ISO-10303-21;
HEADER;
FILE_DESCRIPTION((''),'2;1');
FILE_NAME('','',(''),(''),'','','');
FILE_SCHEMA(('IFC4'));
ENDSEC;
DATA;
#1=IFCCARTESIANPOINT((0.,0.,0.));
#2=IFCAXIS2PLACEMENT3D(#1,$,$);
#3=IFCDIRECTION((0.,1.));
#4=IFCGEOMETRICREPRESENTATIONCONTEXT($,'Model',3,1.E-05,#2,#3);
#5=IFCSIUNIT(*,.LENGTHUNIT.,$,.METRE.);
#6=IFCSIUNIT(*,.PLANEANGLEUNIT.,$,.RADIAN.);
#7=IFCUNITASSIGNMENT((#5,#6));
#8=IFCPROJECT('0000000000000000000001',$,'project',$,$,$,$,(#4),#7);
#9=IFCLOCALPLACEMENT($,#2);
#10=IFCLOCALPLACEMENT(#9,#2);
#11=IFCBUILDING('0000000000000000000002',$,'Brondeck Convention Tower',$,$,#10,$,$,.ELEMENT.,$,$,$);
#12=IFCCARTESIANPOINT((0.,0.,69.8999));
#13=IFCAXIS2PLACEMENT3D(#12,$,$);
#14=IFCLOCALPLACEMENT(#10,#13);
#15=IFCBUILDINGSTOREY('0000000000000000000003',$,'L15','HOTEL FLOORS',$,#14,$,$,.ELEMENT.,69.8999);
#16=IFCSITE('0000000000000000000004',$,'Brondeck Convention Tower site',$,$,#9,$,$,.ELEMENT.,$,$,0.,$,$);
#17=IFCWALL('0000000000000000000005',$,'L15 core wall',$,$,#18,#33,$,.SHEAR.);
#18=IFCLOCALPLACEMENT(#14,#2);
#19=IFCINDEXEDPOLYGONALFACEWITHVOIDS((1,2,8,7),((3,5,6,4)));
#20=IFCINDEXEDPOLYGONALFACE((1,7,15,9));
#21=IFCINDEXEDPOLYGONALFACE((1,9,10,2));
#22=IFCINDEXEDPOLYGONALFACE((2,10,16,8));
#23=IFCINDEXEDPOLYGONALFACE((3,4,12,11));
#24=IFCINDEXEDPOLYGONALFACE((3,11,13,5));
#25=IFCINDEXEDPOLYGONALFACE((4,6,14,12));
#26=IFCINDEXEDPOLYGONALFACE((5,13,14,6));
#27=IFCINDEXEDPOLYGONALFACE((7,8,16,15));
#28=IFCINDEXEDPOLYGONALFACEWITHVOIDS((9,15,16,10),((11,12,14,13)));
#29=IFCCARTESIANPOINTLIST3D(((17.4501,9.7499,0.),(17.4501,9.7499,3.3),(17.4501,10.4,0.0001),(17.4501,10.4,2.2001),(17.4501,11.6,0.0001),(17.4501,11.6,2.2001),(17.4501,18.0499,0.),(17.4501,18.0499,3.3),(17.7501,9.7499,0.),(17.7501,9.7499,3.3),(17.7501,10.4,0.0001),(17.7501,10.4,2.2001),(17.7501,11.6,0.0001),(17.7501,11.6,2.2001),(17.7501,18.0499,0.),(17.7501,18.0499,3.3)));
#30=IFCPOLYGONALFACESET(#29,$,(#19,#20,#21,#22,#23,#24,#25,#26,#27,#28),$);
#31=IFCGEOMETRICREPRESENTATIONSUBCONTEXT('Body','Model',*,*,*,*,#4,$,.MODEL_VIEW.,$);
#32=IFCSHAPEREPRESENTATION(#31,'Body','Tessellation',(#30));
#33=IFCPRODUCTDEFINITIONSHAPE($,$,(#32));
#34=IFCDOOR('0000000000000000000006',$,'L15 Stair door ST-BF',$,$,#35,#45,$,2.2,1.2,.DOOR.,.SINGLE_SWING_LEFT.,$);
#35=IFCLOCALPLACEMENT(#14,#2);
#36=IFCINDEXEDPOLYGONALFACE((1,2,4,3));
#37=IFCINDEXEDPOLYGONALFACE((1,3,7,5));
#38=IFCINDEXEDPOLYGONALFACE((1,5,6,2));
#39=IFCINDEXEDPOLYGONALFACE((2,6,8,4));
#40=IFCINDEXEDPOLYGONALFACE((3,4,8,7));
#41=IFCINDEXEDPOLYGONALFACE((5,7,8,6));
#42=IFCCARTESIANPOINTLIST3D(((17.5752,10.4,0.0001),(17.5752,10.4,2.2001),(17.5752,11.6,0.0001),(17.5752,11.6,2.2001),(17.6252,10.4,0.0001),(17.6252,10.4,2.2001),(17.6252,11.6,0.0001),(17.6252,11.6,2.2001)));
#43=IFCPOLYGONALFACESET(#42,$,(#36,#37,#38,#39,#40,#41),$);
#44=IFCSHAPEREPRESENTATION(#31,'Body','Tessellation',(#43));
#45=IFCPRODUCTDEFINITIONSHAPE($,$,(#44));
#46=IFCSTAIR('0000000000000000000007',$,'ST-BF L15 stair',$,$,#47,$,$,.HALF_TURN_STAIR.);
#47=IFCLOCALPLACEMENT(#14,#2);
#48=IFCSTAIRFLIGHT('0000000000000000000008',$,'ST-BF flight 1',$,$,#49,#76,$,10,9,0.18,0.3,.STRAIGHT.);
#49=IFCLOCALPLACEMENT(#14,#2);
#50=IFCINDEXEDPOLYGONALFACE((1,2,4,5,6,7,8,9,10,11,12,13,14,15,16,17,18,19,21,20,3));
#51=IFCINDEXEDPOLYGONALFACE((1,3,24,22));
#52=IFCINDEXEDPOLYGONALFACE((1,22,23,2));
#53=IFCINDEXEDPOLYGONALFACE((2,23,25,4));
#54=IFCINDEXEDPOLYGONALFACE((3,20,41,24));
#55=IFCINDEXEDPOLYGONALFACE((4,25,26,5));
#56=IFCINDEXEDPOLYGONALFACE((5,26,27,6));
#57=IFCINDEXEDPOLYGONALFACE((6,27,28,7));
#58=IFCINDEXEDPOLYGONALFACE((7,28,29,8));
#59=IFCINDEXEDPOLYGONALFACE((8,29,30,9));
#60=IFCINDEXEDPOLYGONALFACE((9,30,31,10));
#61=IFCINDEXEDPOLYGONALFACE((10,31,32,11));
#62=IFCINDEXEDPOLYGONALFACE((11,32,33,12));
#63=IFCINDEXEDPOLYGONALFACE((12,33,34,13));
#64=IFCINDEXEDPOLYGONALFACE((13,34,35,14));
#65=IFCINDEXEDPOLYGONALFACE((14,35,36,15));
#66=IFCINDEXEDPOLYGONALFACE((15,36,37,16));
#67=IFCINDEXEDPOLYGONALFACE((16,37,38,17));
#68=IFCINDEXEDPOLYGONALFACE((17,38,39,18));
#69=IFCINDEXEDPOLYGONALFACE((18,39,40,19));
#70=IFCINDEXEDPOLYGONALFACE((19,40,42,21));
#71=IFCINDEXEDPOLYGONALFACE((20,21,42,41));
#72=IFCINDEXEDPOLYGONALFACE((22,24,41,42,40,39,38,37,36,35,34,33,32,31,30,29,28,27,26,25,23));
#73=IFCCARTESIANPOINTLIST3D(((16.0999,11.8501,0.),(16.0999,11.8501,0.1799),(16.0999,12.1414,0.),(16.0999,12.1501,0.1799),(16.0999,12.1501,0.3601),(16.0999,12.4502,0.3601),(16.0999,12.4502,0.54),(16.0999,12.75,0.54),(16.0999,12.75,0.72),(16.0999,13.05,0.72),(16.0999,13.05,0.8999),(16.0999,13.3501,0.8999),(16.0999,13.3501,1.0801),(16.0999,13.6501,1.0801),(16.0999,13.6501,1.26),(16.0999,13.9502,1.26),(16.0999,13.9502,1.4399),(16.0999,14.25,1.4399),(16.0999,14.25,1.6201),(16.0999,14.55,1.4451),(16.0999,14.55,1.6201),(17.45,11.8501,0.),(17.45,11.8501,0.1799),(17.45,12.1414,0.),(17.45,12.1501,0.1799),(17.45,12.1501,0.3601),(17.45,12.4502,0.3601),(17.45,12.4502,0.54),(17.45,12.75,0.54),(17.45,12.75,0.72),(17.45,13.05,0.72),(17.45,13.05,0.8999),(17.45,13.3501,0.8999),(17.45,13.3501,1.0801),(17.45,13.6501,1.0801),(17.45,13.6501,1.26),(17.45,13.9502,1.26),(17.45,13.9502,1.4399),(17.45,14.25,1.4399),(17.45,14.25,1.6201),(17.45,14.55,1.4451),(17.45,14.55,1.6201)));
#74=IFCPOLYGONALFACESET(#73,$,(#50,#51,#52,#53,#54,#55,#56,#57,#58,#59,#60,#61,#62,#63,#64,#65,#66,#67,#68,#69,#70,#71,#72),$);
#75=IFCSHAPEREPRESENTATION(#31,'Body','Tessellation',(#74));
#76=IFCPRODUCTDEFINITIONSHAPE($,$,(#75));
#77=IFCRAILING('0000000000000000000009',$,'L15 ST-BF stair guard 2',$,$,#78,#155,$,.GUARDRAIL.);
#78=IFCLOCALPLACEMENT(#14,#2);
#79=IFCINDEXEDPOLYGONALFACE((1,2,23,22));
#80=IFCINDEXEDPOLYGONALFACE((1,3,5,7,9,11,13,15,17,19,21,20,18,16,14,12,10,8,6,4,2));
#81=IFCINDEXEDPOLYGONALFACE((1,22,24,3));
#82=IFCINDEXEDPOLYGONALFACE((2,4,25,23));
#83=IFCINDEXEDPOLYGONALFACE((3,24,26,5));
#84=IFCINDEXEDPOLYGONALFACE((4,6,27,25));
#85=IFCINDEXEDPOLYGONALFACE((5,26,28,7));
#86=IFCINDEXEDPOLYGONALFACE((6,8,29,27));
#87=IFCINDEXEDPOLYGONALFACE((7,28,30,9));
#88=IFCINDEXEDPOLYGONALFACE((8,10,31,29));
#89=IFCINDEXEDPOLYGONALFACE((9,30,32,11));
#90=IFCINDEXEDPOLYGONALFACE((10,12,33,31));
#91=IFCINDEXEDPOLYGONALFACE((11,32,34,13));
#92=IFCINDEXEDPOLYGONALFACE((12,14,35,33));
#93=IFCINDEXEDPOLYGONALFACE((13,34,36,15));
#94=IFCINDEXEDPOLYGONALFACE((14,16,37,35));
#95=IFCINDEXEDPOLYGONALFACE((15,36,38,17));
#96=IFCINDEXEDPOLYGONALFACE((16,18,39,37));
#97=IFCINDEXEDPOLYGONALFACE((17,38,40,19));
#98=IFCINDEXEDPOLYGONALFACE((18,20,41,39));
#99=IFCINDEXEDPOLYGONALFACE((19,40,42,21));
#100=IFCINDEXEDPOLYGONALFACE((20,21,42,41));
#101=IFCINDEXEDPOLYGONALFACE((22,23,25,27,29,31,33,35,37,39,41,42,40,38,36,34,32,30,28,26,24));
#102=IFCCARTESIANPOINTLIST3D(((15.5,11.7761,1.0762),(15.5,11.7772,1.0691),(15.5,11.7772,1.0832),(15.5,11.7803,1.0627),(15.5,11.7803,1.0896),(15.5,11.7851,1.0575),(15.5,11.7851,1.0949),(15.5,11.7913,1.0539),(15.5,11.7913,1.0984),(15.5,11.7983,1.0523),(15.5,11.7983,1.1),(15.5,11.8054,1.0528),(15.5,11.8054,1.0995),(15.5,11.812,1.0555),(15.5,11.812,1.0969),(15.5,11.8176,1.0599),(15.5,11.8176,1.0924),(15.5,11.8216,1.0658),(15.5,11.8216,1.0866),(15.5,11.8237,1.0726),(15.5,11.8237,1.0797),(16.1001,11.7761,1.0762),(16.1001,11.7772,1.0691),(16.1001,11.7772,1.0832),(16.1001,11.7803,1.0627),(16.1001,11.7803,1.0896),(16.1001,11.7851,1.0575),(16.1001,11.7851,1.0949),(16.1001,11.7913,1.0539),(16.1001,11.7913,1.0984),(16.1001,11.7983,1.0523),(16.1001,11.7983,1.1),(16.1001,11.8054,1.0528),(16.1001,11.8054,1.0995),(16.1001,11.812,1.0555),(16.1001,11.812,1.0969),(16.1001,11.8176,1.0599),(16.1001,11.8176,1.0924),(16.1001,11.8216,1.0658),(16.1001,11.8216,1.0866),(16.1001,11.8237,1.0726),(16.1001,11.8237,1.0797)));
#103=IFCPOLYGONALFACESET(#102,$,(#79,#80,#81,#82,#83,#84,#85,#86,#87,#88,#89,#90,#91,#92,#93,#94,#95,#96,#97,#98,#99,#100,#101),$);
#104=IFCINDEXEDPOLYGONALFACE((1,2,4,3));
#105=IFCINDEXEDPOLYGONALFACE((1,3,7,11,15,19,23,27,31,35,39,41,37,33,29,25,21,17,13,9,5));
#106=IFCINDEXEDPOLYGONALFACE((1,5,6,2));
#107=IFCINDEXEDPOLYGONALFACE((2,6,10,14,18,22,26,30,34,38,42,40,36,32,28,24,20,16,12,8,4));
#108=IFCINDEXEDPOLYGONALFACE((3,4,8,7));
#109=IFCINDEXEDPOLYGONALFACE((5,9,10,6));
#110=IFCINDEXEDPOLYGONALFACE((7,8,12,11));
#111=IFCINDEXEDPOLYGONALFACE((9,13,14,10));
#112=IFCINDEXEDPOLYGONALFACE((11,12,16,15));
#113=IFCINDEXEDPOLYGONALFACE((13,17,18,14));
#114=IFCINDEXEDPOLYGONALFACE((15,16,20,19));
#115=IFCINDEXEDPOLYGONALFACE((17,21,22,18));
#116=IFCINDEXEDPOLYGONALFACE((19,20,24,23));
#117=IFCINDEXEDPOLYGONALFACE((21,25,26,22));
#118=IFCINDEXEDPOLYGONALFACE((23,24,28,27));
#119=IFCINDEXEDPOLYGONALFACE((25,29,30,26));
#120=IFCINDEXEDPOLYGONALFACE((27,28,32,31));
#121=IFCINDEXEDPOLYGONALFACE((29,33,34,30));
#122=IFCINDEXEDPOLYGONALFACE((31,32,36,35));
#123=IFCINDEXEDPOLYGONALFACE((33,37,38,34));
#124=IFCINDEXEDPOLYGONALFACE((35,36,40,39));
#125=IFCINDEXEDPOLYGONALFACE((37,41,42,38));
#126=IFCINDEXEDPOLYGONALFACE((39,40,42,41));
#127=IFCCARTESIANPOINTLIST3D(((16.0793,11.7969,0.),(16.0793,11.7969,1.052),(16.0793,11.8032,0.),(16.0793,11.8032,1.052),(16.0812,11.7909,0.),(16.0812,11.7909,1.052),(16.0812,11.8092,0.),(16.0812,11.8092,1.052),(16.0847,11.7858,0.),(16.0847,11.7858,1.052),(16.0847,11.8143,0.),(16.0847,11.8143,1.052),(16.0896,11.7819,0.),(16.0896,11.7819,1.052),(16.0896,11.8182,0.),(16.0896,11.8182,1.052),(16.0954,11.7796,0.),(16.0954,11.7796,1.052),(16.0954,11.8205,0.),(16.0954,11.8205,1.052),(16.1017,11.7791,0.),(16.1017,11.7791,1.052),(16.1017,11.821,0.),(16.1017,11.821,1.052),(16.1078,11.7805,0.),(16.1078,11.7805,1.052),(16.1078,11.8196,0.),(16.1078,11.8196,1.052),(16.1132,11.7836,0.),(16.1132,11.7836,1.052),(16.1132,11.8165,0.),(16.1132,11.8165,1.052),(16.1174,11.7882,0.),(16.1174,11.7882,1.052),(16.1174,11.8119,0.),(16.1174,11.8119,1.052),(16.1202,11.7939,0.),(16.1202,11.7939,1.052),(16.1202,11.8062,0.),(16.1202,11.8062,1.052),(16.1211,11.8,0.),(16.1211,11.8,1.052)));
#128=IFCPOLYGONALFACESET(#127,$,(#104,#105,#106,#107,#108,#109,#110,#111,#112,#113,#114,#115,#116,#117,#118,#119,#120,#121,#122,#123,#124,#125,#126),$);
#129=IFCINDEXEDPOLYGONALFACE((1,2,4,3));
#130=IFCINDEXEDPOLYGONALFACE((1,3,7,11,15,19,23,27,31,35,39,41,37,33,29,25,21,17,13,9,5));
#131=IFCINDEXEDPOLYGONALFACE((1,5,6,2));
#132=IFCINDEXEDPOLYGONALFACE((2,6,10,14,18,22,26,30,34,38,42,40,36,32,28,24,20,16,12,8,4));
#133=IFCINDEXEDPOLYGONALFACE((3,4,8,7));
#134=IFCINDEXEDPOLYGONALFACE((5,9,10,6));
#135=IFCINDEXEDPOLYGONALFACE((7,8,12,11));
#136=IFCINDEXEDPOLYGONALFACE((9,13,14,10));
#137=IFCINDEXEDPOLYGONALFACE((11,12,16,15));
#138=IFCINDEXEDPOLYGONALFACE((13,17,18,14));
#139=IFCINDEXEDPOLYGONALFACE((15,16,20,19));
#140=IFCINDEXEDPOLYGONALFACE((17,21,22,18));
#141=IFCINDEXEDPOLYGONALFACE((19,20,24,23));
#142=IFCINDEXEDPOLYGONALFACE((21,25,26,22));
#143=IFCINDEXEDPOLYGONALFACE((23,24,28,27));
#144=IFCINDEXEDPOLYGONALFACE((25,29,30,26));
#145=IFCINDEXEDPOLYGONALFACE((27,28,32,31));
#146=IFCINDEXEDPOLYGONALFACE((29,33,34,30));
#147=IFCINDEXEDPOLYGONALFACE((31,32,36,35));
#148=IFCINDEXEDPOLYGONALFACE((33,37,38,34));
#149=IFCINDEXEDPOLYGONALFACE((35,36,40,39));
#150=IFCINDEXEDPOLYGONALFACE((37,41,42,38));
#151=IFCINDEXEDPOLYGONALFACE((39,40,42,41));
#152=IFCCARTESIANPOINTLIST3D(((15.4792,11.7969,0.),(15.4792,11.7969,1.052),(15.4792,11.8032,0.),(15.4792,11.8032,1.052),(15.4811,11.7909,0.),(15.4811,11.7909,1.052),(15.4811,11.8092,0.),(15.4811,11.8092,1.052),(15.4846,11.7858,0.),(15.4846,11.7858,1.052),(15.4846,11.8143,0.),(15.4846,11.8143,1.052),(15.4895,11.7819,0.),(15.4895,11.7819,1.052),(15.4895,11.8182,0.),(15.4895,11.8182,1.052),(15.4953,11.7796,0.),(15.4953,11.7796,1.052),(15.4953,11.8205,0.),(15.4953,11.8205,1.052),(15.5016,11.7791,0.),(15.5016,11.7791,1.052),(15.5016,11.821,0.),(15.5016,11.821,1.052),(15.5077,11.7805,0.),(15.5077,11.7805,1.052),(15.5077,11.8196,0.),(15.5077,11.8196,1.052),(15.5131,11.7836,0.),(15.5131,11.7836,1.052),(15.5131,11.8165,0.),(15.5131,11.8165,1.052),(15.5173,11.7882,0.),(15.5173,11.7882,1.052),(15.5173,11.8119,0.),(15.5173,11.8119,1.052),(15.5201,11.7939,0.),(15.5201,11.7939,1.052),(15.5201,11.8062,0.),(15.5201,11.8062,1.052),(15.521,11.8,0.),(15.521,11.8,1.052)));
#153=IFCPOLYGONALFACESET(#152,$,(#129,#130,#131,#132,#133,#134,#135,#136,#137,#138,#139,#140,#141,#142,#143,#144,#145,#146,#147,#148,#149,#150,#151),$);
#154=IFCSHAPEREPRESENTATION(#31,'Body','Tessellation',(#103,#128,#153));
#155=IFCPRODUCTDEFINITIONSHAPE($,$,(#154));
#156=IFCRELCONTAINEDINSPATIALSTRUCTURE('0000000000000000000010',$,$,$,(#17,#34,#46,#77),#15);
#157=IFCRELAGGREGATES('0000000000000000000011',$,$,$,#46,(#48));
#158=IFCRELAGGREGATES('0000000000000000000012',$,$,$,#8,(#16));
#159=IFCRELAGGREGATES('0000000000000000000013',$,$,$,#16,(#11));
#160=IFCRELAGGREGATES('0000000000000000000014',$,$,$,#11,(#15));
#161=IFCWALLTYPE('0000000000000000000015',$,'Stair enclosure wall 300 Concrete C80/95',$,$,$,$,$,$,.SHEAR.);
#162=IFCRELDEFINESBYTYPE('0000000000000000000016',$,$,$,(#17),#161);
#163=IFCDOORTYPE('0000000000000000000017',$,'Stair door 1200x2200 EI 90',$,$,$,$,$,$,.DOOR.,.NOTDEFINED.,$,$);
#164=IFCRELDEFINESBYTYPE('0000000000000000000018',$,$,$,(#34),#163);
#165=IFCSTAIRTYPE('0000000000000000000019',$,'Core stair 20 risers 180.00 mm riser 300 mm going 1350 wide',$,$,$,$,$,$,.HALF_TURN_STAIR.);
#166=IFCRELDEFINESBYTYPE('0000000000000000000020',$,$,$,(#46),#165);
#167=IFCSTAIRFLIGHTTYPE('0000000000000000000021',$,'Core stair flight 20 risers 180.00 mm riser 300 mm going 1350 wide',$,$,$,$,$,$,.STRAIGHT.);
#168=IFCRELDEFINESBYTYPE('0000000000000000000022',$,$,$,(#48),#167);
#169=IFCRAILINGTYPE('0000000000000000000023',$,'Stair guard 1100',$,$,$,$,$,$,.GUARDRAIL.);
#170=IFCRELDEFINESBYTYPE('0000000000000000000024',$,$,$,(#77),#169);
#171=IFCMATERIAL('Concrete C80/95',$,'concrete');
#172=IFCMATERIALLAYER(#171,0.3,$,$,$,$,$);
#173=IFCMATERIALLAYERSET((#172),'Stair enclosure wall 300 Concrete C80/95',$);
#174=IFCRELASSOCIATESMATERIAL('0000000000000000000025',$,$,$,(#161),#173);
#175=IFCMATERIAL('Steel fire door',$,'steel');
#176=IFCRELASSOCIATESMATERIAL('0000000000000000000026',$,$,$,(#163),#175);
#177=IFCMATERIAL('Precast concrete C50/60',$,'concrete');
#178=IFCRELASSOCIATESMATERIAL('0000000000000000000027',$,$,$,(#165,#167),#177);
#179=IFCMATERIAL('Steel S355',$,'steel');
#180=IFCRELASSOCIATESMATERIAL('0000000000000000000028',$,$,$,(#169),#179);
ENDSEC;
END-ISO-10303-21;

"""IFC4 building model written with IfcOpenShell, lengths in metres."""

from ifc_helpers import new_model, si_unit, direction, frame, frame_2d, origin, origin_2d, place, context, subcontext, project, spatial, polyline, rectangle, circle, outline, extrude, material, layer, layer_set, type_object, element, fill, aggregate, save


model = new_model("IFC4")

# Units and contexts
model_context = context("Model", 3, precision=1e-05, world=origin(), true_north=direction((0.0, 1.0)))
body_context = subcontext(model_context, "Body", "Model", "MODEL_VIEW")
ifc_project = project(units=[si_unit("LENGTHUNIT", "METRE"), si_unit("PLANEANGLEUNIT", "RADIAN")], contexts=[model_context])

# Site, building, storey
site_placement = place(None, origin())
site = spatial("IfcSite", under=ifc_project, at=site_placement, Name="Brondeck Convention Tower site", CompositionType="ELEMENT", RefElevation=0.0)
building_placement = place(site_placement, origin())
building = spatial("IfcBuilding", under=site, at=building_placement, Name="Brondeck Convention Tower", CompositionType="ELEMENT")
storey_placement = place(building_placement, frame((0.0, 0.0, 69.8999)))
storey = spatial("IfcBuildingStorey", under=building, at=storey_placement, Name="L15", Description="HOTEL FLOORS", CompositionType="ELEMENT", Elevation=69.8999)

# Shared definitions
ifc_material_1 = material(Name="Concrete C80/95", Category="concrete")

# Shared definitions
ifc_material_2 = material(Name="Steel S355", Category="steel")

# Shared definitions
ifc_layer_1 = layer(ifc_material_1, 0.3)
ifc_layer_set_1 = layer_set([ifc_layer_1], Name="Stair enclosure wall 300 Concrete C80/95")
wall_type_1 = type_object("IfcWallType", Name="Stair enclosure wall 300 Concrete C80/95", PredefinedType="SHEAR", material=ifc_layer_set_1)

# Wall, opening, door
wall_1_placement = place(storey_placement, frame((17.6001, 9.75, 0.0), z_axis=(0.0, 0.0, 1.0), x_axis=(0.0, 1.0, 0.0)))
wall_1 = element("IfcWall", 1, at=wall_1_placement, inside=storey, type_object=wall_type_1, Name="L15 core wall", PredefinedType="SHEAR", context=body_context, shape_type="SweptSolid", body=[
    extrude(rectangle(XDim=8.3, YDim=0.3, at=frame_2d((4.1499, 0.0))), origin(), (0.0, 0.0, 1.0), 3.3),
])
opening_1_placement = place(wall_1_placement, frame((0.6499, 0.0, 0.0)))
opening_1 = element("IfcOpeningElement", 2, at=opening_1_placement, cuts=wall_1, PredefinedType="OPENING", context=body_context, shape_type="SweptSolid", body=[
    extrude(rectangle(XDim=1.2, YDim=2.2, at=frame_2d((0.6001, 1.1001))), frame((0.0, 0.1599, 0.0), z_axis=(0.0, -1.0, 0.0), x_axis=(1.0, 0.0, 0.0)), (0.0, 0.0, 1.0), 0.3201),
])
ifc_material_3 = material(Name="Steel fire door", Category="steel")
door_type_1 = type_object("IfcDoorType", Name="Stair door 1200x2200 EI 90", OperationType="NOTDEFINED", PredefinedType="DOOR", material=ifc_material_3)
door_1_placement = place(opening_1_placement, origin())
door_1 = element("IfcDoor", 3, at=door_1_placement, inside=storey, type_object=door_type_1, Name="L15 Stair door ST-BF", OperationType="SINGLE_SWING_LEFT", OverallHeight=2.2, OverallWidth=1.2, PredefinedType="DOOR", context=body_context, shape_type="SweptSolid", body=[
    extrude(rectangle(XDim=1.2, YDim=2.2, at=frame_2d((0.6001, 1.1001))), frame((0.0, 0.0249, 0.0), z_axis=(0.0, -1.0, 0.0), x_axis=(1.0, 0.0, 0.0)), (0.0, 0.0, 1.0), 0.05),
])
fill(opening_1, door_1)

# Stair, stair flight
ifc_material_4 = material(Name="Precast concrete C50/60", Category="concrete")
stair_type = type_object("IfcStairType", Name="Core stair 20 risers 180.00 mm riser 300 mm going 1350 wide", PredefinedType="HALF_TURN_STAIR", material=ifc_material_4)
stair_placement = place(storey_placement, origin())
stair = element("IfcStair", 4, at=stair_placement, inside=storey, type_object=stair_type, Name="ST-BF L15 stair", PredefinedType="HALF_TURN_STAIR")
stair_flight_type = type_object("IfcStairFlightType", Name="Core stair flight 20 risers 180.00 mm riser 300 mm going 1350 wide", PredefinedType="STRAIGHT", material=ifc_material_4)
stair_flight_placement = place(storey_placement, frame((16.7749, 11.8501, 0.0), z_axis=(0.0, 0.0, 1.0), x_axis=(0.0, 1.0, 0.0)))
stair_flight = element("IfcStairFlight", 5, at=stair_flight_placement, type_object=stair_flight_type, Name="ST-BF flight 1", NumberOfRisers=10, NumberOfTreads=9, PredefinedType="STRAIGHT", RiserHeight=0.18, TreadLength=0.3, context=body_context, shape_type="SweptSolid", body=[
    extrude(outline(polyline([(0.0, 0.0), (0.0, 0.1799), (0.3, 0.1799), (0.3, 0.3601), (0.6001, 0.3601), (0.6001, 0.54), (0.8999, 0.54), (0.8999, 0.72), (1.2, 0.72), (1.2, 0.8999), (1.5, 0.8999), (1.5, 1.0801), (1.8, 1.0801), (1.8, 1.26), (2.1001, 1.26), (2.1001, 1.4399), (2.3999, 1.4399), (2.3999, 1.6201), (2.7, 1.6201), (2.7, 1.8), (2.7, 1.4451), (0.2913, 0.0), (0.0, 0.0)])), frame((0.0, 0.675, 0.0), z_axis=(0.0, -1.0, 0.0), x_axis=(1.0, 0.0, 0.0)), (0.0, 0.0, 1.0), 1.3501),
])
aggregate(stair, [stair_flight])

# Railing
railing_type_1 = type_object("IfcRailingType", Name="Stair guard 1100", PredefinedType="GUARDRAIL", material=ifc_material_2)
railing_1_placement = place(storey_placement, frame((16.1001, 11.8, 0.0)))
element("IfcRailing", 6, at=railing_1_placement, inside=storey, type_object=railing_type_1, Name="L15 ST-BF stair guard 2", PredefinedType="GUARDRAIL", context=body_context, shape_type="SweptSolid", body=[
    extrude(circle(Radius=0.0239, at=origin_2d()), frame((0.0, 0.0, 1.0762), z_axis=(-1.0, 0.0, 0.0), x_axis=(0.0, -1.0, 0.0)), (0.0, 0.0, 1.0), 0.6001),
    extrude(circle(Radius=0.021, at=origin_2d()), origin(), (0.0, 0.0, 1.0), 1.052),
    extrude(circle(Radius=0.021, at=origin_2d()), frame((-0.6001, 0.0, 0.0)), (0.0, 0.0, 1.0), 1.052),
])

save(model, "model.ifc")
